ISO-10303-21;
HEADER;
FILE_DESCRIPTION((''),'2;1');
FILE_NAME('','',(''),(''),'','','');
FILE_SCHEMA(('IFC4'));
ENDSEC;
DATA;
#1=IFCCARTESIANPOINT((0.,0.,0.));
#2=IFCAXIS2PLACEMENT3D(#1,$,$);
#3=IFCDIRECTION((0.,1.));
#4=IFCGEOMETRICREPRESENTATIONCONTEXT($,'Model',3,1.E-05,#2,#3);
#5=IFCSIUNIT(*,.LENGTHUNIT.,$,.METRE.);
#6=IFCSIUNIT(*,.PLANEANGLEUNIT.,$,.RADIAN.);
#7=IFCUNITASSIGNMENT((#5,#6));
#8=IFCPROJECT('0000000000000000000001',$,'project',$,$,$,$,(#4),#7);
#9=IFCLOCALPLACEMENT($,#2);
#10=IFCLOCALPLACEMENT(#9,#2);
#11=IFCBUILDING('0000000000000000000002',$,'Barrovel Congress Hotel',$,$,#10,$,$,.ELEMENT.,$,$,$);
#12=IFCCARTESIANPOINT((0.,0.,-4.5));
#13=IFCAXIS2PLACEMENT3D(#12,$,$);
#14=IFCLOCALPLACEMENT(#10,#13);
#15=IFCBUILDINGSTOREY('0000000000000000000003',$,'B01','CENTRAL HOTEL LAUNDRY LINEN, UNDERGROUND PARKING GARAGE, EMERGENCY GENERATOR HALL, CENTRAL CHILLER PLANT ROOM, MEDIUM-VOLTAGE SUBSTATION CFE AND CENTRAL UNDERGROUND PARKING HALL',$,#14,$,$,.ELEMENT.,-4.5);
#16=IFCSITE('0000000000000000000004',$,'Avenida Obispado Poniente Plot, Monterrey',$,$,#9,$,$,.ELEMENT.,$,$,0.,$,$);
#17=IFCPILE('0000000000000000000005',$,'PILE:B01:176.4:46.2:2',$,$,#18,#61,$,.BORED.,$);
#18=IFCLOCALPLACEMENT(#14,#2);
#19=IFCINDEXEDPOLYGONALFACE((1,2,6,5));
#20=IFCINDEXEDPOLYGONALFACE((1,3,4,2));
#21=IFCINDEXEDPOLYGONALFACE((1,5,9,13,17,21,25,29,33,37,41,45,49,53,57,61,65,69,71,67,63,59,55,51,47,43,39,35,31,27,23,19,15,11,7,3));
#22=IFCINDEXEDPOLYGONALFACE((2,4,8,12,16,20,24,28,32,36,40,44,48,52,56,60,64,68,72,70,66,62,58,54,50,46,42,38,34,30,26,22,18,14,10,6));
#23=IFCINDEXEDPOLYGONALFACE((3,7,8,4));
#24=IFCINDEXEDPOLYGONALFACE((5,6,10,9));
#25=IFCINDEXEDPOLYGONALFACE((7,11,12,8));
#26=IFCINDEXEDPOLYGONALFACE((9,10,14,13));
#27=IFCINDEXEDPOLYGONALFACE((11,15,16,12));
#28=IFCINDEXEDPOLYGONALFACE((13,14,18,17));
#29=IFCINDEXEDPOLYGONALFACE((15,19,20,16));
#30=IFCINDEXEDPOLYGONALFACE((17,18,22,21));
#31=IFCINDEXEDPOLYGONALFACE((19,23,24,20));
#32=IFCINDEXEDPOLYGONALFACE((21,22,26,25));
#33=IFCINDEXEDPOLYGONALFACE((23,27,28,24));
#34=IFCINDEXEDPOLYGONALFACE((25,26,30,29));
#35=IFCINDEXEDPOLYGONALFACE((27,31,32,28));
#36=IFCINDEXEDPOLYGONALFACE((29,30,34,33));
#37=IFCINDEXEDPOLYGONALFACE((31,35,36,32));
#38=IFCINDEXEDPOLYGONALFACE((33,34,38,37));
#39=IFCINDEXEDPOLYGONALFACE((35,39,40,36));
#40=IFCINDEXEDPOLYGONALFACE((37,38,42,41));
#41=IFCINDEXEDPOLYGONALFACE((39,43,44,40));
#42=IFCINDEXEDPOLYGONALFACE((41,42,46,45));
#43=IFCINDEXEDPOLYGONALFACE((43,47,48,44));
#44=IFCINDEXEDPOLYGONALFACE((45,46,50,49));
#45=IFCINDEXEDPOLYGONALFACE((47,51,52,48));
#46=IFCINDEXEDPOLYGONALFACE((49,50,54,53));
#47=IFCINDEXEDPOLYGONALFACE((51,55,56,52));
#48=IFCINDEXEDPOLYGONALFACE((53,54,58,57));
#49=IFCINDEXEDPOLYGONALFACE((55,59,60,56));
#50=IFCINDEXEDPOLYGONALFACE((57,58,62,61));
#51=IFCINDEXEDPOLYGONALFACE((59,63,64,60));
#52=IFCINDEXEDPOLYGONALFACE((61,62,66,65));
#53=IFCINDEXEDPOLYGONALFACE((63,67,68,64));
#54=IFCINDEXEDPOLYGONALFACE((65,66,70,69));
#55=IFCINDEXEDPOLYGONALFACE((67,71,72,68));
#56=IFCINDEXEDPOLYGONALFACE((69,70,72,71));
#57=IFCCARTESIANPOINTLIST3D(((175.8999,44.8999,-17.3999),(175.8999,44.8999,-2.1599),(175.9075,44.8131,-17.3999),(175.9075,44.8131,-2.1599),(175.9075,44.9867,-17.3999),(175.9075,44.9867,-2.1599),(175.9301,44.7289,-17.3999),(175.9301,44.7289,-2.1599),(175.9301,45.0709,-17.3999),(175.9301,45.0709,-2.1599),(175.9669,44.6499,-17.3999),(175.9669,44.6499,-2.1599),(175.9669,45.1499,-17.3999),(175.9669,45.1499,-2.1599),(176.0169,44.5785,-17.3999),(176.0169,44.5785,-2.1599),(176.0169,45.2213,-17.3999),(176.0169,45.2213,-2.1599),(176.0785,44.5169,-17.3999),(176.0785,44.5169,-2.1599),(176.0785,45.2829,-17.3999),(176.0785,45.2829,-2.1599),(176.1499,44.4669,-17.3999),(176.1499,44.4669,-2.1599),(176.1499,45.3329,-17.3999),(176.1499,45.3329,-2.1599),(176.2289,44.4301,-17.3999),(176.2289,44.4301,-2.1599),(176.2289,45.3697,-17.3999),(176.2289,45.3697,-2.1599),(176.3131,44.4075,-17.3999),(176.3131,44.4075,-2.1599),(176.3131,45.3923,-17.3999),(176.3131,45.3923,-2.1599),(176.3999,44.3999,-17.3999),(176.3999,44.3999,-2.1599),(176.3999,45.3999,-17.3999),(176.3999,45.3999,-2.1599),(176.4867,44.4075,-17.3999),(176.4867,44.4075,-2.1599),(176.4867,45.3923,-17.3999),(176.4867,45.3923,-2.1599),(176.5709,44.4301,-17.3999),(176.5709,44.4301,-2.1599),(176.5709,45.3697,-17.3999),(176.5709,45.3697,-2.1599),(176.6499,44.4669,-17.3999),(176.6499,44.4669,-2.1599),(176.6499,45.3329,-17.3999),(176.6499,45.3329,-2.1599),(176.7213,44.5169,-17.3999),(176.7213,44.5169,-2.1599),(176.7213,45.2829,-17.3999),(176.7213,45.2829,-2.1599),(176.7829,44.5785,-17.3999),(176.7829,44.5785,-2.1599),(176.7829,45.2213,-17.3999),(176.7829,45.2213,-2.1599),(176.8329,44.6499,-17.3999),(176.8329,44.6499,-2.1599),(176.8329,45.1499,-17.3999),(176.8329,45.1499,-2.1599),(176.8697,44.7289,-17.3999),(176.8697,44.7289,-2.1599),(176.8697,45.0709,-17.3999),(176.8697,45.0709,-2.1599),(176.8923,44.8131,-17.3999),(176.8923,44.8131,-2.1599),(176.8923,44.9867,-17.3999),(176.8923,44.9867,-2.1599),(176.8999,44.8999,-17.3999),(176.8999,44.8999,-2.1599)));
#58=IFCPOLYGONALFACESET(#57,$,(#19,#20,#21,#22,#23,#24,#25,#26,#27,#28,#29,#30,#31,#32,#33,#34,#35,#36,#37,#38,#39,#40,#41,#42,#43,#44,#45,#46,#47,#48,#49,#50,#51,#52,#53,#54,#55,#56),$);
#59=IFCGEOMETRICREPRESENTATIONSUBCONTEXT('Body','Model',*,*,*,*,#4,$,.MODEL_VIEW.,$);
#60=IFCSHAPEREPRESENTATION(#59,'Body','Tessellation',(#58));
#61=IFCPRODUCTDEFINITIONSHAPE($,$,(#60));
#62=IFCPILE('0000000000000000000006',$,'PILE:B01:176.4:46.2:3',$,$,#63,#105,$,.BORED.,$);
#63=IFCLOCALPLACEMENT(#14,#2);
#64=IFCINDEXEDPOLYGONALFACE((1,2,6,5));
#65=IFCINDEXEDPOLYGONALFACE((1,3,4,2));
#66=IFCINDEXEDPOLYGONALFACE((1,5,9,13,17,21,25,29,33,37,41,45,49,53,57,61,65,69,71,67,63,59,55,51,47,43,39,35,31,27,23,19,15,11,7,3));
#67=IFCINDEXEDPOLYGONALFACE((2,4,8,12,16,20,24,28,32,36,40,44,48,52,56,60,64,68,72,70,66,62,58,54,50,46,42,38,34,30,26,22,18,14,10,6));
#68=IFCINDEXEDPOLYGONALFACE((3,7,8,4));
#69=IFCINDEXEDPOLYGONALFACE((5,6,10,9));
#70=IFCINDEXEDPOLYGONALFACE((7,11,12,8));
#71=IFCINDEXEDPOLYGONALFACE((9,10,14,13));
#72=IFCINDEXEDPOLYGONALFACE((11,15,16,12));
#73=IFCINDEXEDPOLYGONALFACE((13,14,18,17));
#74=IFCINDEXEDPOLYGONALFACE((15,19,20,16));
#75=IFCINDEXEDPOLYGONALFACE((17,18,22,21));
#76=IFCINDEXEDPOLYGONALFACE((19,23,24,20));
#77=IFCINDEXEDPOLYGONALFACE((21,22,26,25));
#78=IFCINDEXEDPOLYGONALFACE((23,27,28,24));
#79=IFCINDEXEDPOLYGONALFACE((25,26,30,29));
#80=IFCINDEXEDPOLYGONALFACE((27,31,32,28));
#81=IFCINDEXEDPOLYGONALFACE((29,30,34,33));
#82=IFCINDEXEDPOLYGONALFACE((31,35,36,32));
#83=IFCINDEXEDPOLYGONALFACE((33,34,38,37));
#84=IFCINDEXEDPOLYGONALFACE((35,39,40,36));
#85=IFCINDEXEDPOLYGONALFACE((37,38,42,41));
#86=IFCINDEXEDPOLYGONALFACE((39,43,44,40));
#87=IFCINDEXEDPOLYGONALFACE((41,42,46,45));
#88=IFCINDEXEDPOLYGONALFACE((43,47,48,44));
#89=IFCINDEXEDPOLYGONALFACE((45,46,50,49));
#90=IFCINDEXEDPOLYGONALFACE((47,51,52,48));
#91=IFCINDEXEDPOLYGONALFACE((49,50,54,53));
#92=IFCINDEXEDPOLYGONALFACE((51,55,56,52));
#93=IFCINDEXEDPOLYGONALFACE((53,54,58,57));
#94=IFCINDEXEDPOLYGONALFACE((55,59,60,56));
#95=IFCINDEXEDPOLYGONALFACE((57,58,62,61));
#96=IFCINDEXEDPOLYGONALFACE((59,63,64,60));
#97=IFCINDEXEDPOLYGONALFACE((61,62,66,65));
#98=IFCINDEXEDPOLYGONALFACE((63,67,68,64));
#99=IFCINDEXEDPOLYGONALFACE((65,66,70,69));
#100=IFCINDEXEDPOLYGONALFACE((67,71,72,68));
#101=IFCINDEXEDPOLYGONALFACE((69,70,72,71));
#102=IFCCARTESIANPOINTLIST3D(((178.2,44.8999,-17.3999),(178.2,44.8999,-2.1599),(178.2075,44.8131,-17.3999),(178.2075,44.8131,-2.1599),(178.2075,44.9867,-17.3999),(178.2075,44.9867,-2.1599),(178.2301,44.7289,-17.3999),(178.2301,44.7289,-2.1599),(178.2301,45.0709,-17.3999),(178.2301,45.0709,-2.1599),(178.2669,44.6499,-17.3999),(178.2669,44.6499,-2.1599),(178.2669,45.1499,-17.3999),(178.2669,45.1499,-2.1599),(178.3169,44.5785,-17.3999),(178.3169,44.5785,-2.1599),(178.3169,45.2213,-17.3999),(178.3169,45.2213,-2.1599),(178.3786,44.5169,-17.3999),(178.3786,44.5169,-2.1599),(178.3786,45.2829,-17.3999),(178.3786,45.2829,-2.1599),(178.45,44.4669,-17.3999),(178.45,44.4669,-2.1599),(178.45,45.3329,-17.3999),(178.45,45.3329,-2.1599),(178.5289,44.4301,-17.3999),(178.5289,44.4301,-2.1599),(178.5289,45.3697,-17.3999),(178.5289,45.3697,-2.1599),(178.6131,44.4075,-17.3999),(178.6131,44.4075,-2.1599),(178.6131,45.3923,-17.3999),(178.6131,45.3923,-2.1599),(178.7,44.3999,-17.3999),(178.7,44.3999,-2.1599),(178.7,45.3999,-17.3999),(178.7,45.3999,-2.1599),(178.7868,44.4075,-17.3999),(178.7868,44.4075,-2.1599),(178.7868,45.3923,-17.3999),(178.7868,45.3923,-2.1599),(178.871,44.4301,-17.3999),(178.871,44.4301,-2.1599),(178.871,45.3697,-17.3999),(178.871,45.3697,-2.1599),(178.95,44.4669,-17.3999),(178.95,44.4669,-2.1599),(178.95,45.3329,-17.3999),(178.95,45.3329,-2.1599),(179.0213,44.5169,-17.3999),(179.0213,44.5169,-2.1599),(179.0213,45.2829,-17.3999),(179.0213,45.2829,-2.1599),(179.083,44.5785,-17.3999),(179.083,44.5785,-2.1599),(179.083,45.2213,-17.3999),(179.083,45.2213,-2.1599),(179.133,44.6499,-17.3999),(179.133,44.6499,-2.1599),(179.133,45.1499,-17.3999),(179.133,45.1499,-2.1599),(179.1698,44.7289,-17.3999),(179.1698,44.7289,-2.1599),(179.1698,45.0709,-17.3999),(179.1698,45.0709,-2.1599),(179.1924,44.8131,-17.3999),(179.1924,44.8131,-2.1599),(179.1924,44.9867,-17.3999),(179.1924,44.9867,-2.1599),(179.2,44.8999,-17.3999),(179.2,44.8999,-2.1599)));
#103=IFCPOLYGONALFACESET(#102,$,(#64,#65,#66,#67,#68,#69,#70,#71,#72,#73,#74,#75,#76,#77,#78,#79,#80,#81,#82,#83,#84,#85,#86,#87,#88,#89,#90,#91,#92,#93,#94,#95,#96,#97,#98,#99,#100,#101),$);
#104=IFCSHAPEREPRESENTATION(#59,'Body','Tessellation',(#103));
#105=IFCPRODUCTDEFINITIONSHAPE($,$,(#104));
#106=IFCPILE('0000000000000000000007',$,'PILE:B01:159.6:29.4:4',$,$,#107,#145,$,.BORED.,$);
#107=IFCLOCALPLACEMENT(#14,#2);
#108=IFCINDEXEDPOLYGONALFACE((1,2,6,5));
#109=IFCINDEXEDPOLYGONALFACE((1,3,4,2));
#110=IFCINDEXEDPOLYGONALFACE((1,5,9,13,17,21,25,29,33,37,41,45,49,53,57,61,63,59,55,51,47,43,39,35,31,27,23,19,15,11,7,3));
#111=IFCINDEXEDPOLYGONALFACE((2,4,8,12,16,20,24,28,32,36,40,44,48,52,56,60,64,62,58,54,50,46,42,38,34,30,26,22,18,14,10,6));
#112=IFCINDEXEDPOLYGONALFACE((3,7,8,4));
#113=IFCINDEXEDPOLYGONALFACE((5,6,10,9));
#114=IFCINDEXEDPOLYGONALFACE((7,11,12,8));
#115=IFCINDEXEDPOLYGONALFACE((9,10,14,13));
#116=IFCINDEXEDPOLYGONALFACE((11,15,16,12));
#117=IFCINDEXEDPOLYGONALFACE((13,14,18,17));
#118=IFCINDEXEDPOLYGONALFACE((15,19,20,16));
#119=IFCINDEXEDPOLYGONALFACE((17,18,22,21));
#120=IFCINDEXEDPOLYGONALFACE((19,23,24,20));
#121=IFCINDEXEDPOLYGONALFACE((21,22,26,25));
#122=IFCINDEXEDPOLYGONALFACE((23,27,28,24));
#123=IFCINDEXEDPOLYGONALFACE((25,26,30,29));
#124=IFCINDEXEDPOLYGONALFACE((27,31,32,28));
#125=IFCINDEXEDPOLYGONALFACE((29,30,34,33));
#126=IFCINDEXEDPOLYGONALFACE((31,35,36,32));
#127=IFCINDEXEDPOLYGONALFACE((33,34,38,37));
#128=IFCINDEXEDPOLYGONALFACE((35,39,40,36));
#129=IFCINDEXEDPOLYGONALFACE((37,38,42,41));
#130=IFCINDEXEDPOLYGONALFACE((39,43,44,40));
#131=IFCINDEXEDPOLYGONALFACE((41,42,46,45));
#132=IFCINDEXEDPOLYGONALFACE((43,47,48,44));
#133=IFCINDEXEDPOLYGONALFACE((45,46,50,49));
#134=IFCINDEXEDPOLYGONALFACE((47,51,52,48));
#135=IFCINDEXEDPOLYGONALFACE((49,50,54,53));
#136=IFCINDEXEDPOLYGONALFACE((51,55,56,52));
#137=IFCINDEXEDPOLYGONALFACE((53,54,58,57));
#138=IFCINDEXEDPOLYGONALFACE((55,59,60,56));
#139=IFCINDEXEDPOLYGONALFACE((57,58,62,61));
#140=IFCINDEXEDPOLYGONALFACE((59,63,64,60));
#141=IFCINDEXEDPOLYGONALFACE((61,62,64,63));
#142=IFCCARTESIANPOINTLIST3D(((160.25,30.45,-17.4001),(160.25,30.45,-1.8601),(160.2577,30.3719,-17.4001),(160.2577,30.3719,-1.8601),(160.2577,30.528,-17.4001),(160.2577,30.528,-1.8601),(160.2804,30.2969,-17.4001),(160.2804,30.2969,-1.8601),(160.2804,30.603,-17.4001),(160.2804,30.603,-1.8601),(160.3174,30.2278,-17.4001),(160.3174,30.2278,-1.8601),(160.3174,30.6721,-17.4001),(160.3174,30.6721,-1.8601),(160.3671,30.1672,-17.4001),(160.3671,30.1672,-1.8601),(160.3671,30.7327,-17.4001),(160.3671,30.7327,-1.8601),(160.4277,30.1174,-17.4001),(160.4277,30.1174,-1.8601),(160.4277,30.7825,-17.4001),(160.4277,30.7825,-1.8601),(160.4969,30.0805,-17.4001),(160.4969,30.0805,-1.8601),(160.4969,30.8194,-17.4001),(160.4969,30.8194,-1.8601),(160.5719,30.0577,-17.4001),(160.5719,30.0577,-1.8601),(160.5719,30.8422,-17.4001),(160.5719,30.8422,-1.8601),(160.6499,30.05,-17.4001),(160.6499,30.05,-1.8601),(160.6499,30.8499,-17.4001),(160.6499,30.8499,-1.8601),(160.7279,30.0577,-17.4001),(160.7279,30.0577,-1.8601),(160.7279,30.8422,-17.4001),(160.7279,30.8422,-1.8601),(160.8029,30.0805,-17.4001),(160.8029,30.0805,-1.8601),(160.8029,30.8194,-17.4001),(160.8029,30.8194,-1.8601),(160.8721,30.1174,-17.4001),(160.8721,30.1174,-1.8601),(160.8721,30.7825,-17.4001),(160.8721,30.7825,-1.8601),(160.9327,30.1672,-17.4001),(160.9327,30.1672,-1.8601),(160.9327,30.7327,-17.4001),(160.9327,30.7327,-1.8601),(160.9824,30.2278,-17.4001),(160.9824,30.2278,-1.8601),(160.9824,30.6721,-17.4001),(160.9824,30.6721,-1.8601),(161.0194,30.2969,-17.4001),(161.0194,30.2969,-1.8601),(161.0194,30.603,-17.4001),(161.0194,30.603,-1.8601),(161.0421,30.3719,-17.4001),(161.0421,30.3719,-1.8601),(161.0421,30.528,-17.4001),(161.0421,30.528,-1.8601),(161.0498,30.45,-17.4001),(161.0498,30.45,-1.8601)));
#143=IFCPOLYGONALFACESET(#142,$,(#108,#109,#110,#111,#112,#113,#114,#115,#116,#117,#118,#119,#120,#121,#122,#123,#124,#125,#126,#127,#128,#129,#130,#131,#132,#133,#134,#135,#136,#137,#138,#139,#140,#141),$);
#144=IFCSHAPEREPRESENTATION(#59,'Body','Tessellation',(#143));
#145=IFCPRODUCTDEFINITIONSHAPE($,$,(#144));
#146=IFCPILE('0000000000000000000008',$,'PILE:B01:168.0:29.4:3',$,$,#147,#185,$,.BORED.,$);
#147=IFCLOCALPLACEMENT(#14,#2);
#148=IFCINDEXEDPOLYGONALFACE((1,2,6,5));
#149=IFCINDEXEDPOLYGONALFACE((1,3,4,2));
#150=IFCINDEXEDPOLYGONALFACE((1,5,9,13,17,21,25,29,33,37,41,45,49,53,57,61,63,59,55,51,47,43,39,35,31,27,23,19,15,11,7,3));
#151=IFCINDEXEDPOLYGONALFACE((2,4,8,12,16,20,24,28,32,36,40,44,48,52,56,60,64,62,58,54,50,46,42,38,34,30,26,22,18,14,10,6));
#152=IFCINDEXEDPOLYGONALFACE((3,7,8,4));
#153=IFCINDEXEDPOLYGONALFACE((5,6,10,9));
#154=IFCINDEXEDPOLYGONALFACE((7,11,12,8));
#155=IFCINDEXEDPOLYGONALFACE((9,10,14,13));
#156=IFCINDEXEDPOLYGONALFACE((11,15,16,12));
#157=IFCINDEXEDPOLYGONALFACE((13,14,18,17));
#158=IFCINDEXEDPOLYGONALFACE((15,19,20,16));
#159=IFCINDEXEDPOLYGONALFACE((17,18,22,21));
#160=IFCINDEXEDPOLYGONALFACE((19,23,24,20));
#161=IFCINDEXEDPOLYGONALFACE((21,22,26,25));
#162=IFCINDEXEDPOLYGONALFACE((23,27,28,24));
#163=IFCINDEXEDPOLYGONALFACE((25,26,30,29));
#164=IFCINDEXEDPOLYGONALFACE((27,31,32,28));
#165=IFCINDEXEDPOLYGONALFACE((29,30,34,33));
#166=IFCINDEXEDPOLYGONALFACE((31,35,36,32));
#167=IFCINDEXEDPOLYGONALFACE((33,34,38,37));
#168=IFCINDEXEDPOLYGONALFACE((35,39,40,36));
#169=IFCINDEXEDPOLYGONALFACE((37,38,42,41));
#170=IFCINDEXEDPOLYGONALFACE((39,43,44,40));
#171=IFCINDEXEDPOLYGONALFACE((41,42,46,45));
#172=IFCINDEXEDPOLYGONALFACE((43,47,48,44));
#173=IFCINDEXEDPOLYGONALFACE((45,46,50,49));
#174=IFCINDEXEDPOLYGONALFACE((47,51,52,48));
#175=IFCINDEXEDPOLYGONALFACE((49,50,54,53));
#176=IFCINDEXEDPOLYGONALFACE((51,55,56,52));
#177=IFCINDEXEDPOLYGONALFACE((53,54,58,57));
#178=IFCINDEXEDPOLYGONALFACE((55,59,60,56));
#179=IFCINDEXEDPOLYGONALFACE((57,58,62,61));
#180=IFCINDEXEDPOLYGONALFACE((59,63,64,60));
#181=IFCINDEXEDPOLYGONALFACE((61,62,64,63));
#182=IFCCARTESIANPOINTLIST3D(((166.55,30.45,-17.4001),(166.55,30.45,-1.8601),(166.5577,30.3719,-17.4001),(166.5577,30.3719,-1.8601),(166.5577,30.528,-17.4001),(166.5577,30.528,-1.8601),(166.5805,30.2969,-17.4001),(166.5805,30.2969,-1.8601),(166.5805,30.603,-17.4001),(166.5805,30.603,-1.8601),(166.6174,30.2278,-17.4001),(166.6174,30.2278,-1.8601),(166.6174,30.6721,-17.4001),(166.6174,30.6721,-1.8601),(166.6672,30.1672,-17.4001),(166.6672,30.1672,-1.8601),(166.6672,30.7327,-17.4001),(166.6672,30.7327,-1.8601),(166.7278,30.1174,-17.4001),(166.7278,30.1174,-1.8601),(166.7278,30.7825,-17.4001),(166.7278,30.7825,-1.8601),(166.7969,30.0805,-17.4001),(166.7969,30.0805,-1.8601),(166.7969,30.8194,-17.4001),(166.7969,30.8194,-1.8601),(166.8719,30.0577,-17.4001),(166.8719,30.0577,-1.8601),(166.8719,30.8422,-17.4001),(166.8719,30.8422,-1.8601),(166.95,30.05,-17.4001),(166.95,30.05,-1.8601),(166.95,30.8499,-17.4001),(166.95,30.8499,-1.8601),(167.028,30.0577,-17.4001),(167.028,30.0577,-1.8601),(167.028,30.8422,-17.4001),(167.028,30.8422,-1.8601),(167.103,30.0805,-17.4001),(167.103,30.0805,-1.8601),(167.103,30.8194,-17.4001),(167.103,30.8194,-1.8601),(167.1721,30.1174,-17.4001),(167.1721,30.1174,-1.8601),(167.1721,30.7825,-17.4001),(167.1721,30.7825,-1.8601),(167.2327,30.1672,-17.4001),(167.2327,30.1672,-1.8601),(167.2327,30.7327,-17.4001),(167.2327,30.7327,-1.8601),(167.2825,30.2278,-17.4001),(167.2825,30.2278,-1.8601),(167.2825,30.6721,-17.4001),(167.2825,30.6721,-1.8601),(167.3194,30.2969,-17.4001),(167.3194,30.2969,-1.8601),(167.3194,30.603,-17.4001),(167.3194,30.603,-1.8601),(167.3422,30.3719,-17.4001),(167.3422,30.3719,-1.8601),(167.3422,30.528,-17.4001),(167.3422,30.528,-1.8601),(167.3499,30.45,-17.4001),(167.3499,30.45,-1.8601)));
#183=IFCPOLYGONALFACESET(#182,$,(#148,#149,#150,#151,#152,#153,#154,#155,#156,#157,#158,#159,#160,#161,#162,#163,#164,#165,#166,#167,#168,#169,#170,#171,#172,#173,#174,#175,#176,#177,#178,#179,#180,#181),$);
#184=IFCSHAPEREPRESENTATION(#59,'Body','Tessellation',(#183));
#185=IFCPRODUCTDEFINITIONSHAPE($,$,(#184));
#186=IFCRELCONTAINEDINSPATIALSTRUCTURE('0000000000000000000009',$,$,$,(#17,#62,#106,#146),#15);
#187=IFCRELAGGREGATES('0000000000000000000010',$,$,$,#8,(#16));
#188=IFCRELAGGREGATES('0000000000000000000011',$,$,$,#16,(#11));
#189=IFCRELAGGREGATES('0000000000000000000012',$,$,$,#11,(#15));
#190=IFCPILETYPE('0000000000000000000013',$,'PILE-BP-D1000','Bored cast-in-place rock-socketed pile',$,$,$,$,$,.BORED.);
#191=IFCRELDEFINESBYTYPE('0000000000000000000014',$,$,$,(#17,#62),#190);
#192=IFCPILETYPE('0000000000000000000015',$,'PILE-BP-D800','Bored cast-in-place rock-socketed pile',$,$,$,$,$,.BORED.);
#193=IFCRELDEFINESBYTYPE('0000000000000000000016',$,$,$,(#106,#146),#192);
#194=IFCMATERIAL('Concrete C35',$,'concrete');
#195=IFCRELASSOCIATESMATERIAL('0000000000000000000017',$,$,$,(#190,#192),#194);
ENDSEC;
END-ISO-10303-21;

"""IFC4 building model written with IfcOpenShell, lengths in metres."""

from ifc_helpers import new_model, si_unit, direction, frame, origin, origin_2d, place, context, subcontext, project, spatial, circle, extrude, material, material_profile, profile_set, type_object, element, save


model = new_model("IFC4")

# Units and contexts
model_context = context("Model", 3, precision=1e-05, world=origin(), true_north=direction((0.0, 1.0)))
body_context = subcontext(model_context, "Body", "Model", "MODEL_VIEW")
ifc_project = project(units=[si_unit("LENGTHUNIT", "METRE"), si_unit("PLANEANGLEUNIT", "RADIAN")], contexts=[model_context])

# Site, building, storey
site_placement = place(None, origin())
site = spatial("IfcSite", under=ifc_project, at=site_placement, Name="Avenida Obispado Poniente Plot, Monterrey", CompositionType="ELEMENT", RefElevation=0.0)
building_placement = place(site_placement, origin())
building = spatial("IfcBuilding", under=site, at=building_placement, Name="Barrovel Congress Hotel", CompositionType="ELEMENT")
storey_placement = place(building_placement, frame((0.0, 0.0, -4.5)))
storey = spatial("IfcBuildingStorey", under=building, at=storey_placement, Name="B01", Description="CENTRAL HOTEL LAUNDRY LINEN, UNDERGROUND PARKING GARAGE, EMERGENCY GENERATOR HALL, CENTRAL CHILLER PLANT ROOM, MEDIUM-VOLTAGE SUBSTATION CFE AND CENTRAL UNDERGROUND PARKING HALL", CompositionType="ELEMENT", Elevation=-4.5)

# Piles
ifc_material_1 = material(Name="Concrete C35", Category="concrete")
ifc_material_profile_1 = material_profile(ifc_material_1, circle(Radius=0.5, at=origin_2d()), Name="BP-D1000")
ifc_profile_set_1 = profile_set([ifc_material_profile_1], Name="Concrete C35")
pile_type_1 = type_object("IfcPileType", Name="PILE-BP-D1000", Description="Bored cast-in-place rock-socketed pile", PredefinedType="BORED", material=ifc_profile_set_1)
for number, where, z_axis, x_axis, name in (
    (1, (176.3999, 44.8999, -2.1599), (0.0, 0.0, -1.0), (1.0, 0.0, 0.0), "PILE:B01:176.4:46.2:2"),
    (2, (178.7, 44.8999, -2.1599), (0.0, 0.0, -1.0), (1.0, 0.0, 0.0), "PILE:B01:176.4:46.2:3"),
):
    element("IfcPile", number, at=place(storey_placement, frame(where, z_axis=z_axis, x_axis=x_axis)), inside=storey, type_object=pile_type_1, Name=name, PredefinedType="BORED", context=body_context, shape_type="SweptSolid", body=[
        extrude(circle(Radius=0.5, at=origin_2d()), origin(), (0.0, 0.0, 1.0), 15.24),
    ])
ifc_material_profile_2 = material_profile(ifc_material_1, circle(Radius=0.3999, at=origin_2d()), Name="BP-D800")
ifc_profile_set_2 = profile_set([ifc_material_profile_2], Name="Concrete C35")
pile_type_2 = type_object("IfcPileType", Name="PILE-BP-D800", Description="Bored cast-in-place rock-socketed pile", PredefinedType="BORED", material=ifc_profile_set_2)
for number, where, z_axis, x_axis, name in (
    (3, (160.6499, 30.45, -1.8601), (0.0, 0.0, -1.0), (1.0, 0.0, 0.0), "PILE:B01:159.6:29.4:4"),
    (4, (166.95, 30.45, -1.8601), (0.0, 0.0, -1.0), (1.0, 0.0, 0.0), "PILE:B01:168.0:29.4:3"),
):
    element("IfcPile", number, at=place(storey_placement, frame(where, z_axis=z_axis, x_axis=x_axis)), inside=storey, type_object=pile_type_2, Name=name, PredefinedType="BORED", context=body_context, shape_type="SweptSolid", body=[
        extrude(circle(Radius=0.3999, at=origin_2d()), origin(), (0.0, 0.0, 1.0), 15.54),
    ])

save(model, "model.ifc")
